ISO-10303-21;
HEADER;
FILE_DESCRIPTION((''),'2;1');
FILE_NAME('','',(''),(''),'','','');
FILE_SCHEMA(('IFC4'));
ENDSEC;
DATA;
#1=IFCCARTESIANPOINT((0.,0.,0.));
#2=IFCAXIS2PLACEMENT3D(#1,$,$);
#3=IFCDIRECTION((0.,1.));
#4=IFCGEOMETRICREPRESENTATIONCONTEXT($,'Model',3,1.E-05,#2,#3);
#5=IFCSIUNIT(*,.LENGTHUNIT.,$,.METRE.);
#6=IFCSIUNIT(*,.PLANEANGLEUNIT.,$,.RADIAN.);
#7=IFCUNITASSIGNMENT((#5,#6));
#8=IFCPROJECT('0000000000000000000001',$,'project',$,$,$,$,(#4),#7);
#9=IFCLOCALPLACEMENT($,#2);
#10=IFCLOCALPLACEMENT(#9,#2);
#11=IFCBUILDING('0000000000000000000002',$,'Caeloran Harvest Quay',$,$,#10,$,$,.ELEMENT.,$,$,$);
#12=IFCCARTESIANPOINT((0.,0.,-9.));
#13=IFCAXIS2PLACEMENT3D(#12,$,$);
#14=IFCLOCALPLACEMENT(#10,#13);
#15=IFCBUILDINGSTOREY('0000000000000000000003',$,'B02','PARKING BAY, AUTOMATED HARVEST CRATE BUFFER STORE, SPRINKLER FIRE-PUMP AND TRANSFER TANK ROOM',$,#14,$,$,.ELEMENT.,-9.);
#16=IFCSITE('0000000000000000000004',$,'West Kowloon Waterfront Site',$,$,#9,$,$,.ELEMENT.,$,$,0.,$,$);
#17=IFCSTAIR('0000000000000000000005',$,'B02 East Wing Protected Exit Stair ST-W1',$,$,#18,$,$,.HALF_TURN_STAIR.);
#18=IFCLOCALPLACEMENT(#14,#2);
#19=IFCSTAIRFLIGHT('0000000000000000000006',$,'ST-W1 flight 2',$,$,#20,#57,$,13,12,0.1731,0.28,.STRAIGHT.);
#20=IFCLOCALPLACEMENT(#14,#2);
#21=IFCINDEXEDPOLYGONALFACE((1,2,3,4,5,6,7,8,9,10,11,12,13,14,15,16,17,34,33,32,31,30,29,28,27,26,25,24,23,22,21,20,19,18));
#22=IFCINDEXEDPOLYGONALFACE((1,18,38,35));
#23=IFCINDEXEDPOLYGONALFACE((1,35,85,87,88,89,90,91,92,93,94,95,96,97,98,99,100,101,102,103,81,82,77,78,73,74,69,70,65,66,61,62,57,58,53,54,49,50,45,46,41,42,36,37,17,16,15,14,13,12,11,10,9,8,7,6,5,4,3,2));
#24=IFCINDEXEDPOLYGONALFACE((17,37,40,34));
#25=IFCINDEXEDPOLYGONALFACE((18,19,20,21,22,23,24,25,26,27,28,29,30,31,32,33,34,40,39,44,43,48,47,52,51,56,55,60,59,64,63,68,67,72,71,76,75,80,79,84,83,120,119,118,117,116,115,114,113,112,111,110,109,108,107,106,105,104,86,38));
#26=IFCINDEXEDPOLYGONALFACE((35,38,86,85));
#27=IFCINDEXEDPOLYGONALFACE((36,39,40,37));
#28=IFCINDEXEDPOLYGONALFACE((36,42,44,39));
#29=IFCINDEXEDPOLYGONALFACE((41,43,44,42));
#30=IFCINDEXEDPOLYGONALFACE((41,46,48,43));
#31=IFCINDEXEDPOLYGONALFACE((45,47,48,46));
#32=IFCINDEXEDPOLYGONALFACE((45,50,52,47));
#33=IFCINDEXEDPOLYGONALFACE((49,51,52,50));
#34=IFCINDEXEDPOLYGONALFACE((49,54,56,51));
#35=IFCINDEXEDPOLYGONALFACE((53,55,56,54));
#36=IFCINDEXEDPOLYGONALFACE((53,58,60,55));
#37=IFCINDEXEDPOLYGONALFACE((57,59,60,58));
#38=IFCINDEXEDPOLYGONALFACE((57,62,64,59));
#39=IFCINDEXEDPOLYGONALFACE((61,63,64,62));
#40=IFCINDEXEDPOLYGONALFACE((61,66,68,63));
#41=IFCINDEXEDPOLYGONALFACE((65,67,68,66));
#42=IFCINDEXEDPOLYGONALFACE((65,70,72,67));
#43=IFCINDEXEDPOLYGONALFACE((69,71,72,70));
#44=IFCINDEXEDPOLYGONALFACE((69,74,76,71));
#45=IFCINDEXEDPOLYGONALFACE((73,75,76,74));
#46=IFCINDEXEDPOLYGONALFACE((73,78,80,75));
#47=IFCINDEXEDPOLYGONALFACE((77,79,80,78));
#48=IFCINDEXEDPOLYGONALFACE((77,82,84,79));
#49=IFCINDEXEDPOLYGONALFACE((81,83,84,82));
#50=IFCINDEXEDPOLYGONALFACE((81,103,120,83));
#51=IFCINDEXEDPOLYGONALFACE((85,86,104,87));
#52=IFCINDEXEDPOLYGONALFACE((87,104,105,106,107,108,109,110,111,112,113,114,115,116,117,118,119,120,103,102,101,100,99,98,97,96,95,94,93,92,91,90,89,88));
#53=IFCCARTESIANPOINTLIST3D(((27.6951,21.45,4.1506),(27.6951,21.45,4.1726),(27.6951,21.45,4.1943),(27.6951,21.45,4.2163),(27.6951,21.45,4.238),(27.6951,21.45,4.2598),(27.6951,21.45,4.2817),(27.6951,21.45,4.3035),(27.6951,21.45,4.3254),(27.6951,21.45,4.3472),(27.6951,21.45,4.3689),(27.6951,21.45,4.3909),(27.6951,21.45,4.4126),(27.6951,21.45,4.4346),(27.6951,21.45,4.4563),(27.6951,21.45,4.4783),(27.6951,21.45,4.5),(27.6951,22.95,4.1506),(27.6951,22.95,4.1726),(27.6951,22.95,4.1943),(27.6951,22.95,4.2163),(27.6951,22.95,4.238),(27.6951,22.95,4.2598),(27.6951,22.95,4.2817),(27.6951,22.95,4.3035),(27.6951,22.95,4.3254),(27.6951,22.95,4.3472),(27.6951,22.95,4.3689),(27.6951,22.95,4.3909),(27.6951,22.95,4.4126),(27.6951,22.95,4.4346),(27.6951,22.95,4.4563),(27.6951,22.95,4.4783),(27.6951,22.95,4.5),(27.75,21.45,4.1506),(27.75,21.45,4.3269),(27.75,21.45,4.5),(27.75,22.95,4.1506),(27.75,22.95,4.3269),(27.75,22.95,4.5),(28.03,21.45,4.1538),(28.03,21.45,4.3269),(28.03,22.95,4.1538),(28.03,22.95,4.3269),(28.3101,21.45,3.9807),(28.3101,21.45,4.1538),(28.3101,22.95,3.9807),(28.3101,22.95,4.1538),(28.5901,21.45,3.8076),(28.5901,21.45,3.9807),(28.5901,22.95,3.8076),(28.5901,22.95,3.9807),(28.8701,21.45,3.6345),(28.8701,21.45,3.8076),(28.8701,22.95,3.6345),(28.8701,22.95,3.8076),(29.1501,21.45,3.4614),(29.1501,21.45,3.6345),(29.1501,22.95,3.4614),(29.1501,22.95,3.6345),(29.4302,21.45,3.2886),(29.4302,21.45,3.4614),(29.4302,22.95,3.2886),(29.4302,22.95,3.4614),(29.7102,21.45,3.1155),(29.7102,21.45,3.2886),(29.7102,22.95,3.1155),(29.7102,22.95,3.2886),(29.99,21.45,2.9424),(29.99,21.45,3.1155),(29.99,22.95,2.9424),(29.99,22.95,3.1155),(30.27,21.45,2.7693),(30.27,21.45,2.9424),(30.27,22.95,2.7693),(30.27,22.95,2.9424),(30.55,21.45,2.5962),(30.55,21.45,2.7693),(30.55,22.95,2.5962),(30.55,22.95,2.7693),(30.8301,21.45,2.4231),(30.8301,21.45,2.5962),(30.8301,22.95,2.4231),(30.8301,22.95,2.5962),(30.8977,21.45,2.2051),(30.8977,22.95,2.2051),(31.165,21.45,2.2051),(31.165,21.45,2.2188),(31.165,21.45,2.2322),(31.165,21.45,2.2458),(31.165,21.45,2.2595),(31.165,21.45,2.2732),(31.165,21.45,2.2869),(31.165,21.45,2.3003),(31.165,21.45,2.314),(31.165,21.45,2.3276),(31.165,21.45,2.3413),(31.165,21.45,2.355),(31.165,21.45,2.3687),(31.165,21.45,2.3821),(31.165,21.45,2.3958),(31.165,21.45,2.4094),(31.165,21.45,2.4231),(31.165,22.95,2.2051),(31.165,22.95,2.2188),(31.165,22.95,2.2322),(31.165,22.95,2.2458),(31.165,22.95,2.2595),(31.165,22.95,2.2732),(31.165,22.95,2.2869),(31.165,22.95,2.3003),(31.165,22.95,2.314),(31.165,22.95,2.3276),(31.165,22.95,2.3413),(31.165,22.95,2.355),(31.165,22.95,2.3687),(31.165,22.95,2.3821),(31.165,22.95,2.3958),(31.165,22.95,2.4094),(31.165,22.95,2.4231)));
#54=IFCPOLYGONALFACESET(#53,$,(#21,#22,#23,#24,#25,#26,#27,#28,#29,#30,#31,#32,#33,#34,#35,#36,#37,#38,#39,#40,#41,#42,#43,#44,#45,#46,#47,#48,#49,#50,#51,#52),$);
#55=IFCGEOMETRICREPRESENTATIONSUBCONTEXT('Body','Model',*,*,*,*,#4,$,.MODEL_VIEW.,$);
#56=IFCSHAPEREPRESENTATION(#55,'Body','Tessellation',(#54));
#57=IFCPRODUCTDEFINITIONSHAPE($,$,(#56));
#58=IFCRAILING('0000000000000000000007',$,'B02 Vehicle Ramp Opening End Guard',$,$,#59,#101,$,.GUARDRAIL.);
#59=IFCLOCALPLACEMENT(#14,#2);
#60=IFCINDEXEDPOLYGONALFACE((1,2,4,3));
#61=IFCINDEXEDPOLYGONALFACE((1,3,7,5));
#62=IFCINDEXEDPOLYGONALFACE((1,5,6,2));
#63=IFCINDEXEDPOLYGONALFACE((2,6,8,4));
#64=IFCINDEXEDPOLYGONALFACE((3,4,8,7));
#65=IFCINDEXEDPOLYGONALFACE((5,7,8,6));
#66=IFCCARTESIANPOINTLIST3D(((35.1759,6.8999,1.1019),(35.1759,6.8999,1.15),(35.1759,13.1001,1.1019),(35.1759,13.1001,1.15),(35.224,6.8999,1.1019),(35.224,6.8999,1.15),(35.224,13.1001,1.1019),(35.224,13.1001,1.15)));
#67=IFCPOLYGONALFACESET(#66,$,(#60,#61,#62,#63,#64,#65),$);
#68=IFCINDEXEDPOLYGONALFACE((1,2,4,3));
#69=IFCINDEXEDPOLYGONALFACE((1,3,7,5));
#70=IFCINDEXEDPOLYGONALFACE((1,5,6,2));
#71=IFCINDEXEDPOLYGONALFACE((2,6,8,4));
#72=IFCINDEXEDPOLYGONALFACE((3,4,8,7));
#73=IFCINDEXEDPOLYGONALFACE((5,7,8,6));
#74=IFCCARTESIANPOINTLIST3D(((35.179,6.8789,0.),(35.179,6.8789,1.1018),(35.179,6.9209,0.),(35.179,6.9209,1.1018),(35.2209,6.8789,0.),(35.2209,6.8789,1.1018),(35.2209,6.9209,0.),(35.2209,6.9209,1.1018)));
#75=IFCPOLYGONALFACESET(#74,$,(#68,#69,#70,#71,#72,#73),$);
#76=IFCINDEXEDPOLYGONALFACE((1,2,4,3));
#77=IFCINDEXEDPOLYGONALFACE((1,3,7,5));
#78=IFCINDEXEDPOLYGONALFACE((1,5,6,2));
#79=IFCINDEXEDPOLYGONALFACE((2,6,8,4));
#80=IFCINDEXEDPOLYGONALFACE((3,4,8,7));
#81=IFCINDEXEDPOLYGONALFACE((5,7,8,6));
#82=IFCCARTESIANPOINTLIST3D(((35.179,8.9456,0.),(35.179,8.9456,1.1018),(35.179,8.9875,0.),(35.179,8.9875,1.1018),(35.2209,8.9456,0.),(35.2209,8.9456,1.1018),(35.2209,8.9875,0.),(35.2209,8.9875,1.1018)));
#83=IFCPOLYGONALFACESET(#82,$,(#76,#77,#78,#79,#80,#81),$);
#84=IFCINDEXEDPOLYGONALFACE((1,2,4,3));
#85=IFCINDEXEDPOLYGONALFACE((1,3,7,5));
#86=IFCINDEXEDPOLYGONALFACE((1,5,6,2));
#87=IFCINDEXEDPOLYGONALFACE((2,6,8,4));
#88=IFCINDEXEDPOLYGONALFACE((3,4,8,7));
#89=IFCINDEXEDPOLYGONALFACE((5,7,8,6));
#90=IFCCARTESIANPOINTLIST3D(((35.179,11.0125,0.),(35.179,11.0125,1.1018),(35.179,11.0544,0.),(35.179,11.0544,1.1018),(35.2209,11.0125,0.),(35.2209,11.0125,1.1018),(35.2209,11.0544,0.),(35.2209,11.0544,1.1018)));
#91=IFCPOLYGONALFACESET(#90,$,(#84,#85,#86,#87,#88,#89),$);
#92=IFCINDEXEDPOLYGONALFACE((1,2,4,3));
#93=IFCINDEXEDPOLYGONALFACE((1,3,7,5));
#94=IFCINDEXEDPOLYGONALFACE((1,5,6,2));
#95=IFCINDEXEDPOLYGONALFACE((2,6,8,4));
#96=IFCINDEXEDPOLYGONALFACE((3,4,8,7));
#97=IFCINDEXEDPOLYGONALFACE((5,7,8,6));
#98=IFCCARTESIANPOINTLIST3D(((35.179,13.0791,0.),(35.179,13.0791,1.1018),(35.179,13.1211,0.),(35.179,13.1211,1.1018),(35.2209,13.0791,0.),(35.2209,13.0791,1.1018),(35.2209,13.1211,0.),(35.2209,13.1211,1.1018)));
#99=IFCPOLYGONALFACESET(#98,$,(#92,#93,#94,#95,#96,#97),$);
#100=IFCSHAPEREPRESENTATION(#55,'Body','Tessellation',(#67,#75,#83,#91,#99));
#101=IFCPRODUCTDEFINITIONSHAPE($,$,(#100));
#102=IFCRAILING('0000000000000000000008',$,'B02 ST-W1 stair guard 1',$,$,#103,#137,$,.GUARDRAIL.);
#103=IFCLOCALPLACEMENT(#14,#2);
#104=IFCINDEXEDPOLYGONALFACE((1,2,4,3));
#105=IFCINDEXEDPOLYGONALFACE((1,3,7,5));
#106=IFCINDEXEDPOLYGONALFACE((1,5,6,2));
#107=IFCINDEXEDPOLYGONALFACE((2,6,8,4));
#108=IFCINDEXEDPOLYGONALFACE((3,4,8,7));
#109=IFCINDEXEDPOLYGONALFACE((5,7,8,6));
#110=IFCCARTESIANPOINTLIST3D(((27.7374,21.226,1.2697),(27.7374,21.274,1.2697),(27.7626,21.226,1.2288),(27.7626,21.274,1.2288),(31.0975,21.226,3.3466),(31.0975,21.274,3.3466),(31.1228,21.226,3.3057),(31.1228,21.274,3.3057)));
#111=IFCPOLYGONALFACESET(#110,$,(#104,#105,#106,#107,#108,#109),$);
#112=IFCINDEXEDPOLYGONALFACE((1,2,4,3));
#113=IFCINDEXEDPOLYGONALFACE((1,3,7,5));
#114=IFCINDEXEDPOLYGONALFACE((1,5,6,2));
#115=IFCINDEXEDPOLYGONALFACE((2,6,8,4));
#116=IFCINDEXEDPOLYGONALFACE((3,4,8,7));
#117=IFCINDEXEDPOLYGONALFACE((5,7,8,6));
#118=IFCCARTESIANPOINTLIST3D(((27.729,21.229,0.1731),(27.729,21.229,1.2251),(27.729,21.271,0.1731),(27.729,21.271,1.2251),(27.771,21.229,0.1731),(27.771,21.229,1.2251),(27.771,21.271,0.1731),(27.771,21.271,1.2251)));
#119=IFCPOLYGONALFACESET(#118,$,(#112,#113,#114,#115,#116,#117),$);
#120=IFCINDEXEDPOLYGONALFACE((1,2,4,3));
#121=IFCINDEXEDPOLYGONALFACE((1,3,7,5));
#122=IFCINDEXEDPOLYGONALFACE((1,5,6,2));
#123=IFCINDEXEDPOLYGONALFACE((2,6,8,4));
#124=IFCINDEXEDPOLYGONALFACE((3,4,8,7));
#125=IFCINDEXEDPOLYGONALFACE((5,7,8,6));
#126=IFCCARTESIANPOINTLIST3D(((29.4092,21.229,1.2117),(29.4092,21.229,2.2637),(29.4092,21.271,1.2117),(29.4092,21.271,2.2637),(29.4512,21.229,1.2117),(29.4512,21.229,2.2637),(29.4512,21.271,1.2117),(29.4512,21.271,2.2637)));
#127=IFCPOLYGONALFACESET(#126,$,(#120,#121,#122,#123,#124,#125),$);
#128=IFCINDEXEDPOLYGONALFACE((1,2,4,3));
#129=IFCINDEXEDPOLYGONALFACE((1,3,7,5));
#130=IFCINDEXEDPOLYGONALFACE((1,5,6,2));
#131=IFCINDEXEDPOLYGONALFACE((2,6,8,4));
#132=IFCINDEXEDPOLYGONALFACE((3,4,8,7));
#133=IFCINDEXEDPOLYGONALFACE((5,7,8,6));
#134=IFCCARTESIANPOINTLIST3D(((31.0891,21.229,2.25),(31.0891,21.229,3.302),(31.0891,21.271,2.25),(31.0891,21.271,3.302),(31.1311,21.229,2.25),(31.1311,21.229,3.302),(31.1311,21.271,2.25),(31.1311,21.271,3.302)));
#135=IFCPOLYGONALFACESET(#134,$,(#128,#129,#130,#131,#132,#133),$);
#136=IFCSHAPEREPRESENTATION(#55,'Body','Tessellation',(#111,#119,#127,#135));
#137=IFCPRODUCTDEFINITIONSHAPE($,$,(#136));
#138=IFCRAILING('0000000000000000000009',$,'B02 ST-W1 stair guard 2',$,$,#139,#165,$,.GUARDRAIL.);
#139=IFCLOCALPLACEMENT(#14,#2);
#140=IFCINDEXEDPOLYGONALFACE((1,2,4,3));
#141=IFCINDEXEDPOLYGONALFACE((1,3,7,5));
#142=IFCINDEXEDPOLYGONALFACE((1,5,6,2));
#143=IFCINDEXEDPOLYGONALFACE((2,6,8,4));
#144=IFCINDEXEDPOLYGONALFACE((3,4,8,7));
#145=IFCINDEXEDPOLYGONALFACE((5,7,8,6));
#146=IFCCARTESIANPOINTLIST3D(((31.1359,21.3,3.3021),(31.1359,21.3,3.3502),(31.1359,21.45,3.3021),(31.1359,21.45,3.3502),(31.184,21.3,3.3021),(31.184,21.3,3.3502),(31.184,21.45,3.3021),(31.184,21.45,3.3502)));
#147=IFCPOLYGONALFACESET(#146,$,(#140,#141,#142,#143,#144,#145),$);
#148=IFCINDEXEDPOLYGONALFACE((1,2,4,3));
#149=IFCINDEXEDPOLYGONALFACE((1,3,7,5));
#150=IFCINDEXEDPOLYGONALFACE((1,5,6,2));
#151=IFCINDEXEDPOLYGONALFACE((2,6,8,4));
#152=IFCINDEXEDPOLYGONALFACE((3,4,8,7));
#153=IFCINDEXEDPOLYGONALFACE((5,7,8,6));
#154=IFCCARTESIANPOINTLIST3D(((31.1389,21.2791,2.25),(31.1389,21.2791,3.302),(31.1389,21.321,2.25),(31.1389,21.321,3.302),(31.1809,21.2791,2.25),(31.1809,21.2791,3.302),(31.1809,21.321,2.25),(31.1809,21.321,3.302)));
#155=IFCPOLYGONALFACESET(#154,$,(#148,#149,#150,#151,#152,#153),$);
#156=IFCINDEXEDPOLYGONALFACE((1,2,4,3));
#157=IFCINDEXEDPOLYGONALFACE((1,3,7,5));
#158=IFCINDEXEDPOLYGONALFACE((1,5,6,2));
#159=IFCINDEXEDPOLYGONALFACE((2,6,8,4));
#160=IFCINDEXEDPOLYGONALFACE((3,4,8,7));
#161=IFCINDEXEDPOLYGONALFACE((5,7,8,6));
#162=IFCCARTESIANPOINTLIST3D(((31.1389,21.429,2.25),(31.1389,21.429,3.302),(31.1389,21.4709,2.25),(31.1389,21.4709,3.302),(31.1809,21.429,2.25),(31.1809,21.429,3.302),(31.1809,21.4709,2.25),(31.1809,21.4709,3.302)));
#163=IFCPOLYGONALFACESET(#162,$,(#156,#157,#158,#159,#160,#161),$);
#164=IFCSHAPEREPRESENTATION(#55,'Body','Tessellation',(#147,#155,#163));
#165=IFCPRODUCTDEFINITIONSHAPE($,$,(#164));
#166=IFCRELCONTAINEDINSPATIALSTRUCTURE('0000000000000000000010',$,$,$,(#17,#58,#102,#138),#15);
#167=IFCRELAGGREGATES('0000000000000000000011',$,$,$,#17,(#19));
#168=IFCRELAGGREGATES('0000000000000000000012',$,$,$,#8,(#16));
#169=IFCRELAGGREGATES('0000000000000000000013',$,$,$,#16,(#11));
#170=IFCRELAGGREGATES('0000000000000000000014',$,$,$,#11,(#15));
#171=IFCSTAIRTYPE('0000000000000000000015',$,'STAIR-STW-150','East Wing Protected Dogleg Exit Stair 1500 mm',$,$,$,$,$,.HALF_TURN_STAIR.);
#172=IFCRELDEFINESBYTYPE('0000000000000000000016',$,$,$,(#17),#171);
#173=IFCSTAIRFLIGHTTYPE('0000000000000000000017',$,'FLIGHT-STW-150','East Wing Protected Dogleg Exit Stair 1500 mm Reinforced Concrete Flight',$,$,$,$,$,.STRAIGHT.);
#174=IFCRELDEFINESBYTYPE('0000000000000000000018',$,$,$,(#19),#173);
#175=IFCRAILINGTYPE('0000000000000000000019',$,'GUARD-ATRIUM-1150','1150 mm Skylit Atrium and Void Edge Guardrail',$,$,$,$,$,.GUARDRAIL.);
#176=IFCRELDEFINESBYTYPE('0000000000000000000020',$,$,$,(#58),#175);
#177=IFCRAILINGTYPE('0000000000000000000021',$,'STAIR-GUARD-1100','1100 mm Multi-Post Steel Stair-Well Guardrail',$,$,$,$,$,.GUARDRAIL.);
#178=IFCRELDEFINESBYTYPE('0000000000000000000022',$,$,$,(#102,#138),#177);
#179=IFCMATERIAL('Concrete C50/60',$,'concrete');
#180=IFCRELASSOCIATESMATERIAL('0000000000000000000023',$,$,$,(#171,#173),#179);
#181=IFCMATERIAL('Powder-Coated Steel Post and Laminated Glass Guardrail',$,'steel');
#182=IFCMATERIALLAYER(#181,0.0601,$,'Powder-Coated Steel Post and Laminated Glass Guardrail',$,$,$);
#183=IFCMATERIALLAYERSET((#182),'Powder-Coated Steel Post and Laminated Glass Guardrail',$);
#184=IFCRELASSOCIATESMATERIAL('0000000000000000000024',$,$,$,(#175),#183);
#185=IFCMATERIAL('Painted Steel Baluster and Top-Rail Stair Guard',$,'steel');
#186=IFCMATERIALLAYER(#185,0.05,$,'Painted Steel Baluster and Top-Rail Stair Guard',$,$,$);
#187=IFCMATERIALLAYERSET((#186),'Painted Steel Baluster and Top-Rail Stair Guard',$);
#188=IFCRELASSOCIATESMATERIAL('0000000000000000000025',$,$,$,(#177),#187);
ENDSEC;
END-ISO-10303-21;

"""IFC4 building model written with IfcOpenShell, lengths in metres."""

from ifc_helpers import new_model, si_unit, direction, frame, origin, origin_2d, place, context, subcontext, project, spatial, polyline, rectangle, outline, extrude, material, layer, layer_set, type_object, element, aggregate, save


model = new_model("IFC4")

# Units and contexts
model_context = context("Model", 3, precision=1e-05, world=origin(), true_north=direction((0.0, 1.0)))
body_context = subcontext(model_context, "Body", "Model", "MODEL_VIEW")
ifc_project = project(units=[si_unit("LENGTHUNIT", "METRE"), si_unit("PLANEANGLEUNIT", "RADIAN")], contexts=[model_context])

# Site, building, storey
site_placement = place(None, origin())
site = spatial("IfcSite", under=ifc_project, at=site_placement, Name="West Kowloon Waterfront Site", CompositionType="ELEMENT", RefElevation=0.0)
building_placement = place(site_placement, origin())
building = spatial("IfcBuilding", under=site, at=building_placement, Name="Caeloran Harvest Quay", CompositionType="ELEMENT")
storey_placement = place(building_placement, frame((0.0, 0.0, -9.0)))
storey = spatial("IfcBuildingStorey", under=building, at=storey_placement, Name="B02", Description="PARKING BAY, AUTOMATED HARVEST CRATE BUFFER STORE, SPRINKLER FIRE-PUMP AND TRANSFER TANK ROOM", CompositionType="ELEMENT", Elevation=-9.0)

# Shared definitions
ifc_material_1 = material(Name="Concrete C50/60", Category="concrete")

# Stair, stair flight
stair_type = type_object("IfcStairType", Name="STAIR-STW-150", Description="East Wing Protected Dogleg Exit Stair 1500 mm", PredefinedType="HALF_TURN_STAIR", material=ifc_material_1)
stair_placement = place(storey_placement, origin())
stair = element("IfcStair", 1, at=stair_placement, inside=storey, type_object=stair_type, Name="B02 East Wing Protected Exit Stair ST-W1", PredefinedType="HALF_TURN_STAIR")
stair_flight_type = type_object("IfcStairFlightType", Name="FLIGHT-STW-150", Description="East Wing Protected Dogleg Exit Stair 1500 mm Reinforced Concrete Flight", PredefinedType="STRAIGHT", material=ifc_material_1)
stair_flight_1_placement = place(storey_placement, frame((31.1101, 22.2, 2.25), z_axis=(0.0, 0.0, 1.0), x_axis=(-1.0, 0.0, 0.0)))
stair_flight_1 = element("IfcStairFlight", 2, at=stair_flight_1_placement, type_object=stair_flight_type, Name="ST-W1 flight 2", NumberOfRisers=13, NumberOfTreads=12, PredefinedType="STRAIGHT", RiserHeight=0.1731, TreadLength=0.28, context=body_context, shape_type="SweptSolid", body=[
    extrude(outline(polyline([(-0.0549, -0.0449), (-0.0549, -0.0312), (-0.0549, -0.0178), (-0.0549, -0.0042), (-0.0549, 0.0095), (-0.0549, 0.0232), (-0.0549, 0.0369), (-0.0549, 0.0503), (-0.0549, 0.064), (-0.0549, 0.0776), (-0.0549, 0.0913), (-0.0549, 0.105), (-0.0549, 0.1187), (-0.0549, 0.1321), (-0.0549, 0.1458), (-0.0549, 0.1594), (-0.0549, 0.1731), (0.28, 0.1731), (0.28, 0.3462), (0.5601, 0.3462), (0.5601, 0.5193), (0.8401, 0.5193), (0.8401, 0.6924), (1.1201, 0.6924), (1.1201, 0.8655), (1.3999, 0.8655), (1.3999, 1.0386), (1.6799, 1.0386), (1.6799, 1.2114), (1.96, 1.2114), (1.96, 1.3845), (2.24, 1.3845), (2.24, 1.5576), (2.52, 1.5576), (2.52, 1.7307), (2.8, 1.7307), (2.8, 1.9038), (3.0801, 1.9038), (3.0801, 2.0769), (3.3601, 2.0769), (3.3601, 2.25), (3.415, 2.25), (3.415, 2.2283), (3.415, 2.2063), (3.415, 2.1846), (3.415, 2.1626), (3.415, 2.1409), (3.415, 2.1189), (3.415, 2.0972), (3.415, 2.0754), (3.415, 2.0535), (3.415, 2.0317), (3.415, 2.0098), (3.415, 1.988), (3.415, 1.9663), (3.415, 1.9443), (3.415, 1.9226), (3.415, 1.9006), (3.3601, 1.9006), (0.2124, -0.0449), (-0.0549, -0.0449)])), frame((0.0, 0.75, 0.0), z_axis=(0.0, -1.0, 0.0), x_axis=(1.0, 0.0, 0.0)), (0.0, 0.0, 1.0), 1.5),
])
aggregate(stair, [stair_flight_1])

# Railings
ifc_material_2 = material(Name="Powder-Coated Steel Post and Laminated Glass Guardrail", Category="steel")
ifc_layer_1 = layer(ifc_material_2, 0.0601, Name="Powder-Coated Steel Post and Laminated Glass Guardrail")
ifc_layer_set_1 = layer_set([ifc_layer_1], Name="Powder-Coated Steel Post and Laminated Glass Guardrail")
railing_type_1 = type_object("IfcRailingType", Name="GUARD-ATRIUM-1150", Description="1150 mm Skylit Atrium and Void Edge Guardrail", PredefinedType="GUARDRAIL", material=ifc_layer_set_1)
railing_1_placement = place(storey_placement, frame((35.2, 6.8999, 0.0)))
element("IfcRailing", 3, at=railing_1_placement, inside=storey, type_object=railing_type_1, Name="B02 Vehicle Ramp Opening End Guard", PredefinedType="GUARDRAIL", context=body_context, shape_type="SweptSolid", body=[
    extrude(rectangle(XDim=0.0481, YDim=0.0481, at=origin_2d()), frame((0.0, 0.0, 1.126), z_axis=(0.0, 1.0, 0.0), x_axis=(-1.0, 0.0, 0.0)), (0.0, 0.0, 1.0), 6.2002),
    extrude(rectangle(XDim=0.042, YDim=0.042, at=origin_2d()), origin(), (0.0, 0.0, 1.0), 1.1018),
    extrude(rectangle(XDim=0.042, YDim=0.042, at=origin_2d()), frame((0.0, 2.0667, 0.0)), (0.0, 0.0, 1.0), 1.1018),
    extrude(rectangle(XDim=0.042, YDim=0.042, at=origin_2d()), frame((0.0, 4.1335, 0.0)), (0.0, 0.0, 1.0), 1.1018),
    extrude(rectangle(XDim=0.042, YDim=0.042, at=origin_2d()), frame((0.0, 6.2002, 0.0)), (0.0, 0.0, 1.0), 1.1018),
])
ifc_material_3 = material(Name="Painted Steel Baluster and Top-Rail Stair Guard", Category="steel")
ifc_layer_2 = layer(ifc_material_3, 0.05, Name="Painted Steel Baluster and Top-Rail Stair Guard")
ifc_layer_set_2 = layer_set([ifc_layer_2], Name="Painted Steel Baluster and Top-Rail Stair Guard")
railing_type_2 = type_object("IfcRailingType", Name="STAIR-GUARD-1100", Description="1100 mm Multi-Post Steel Stair-Well Guardrail", PredefinedType="GUARDRAIL", material=ifc_layer_set_2)
railing_2_placement = place(storey_placement, frame((27.75, 21.25, 0.1731)))
element("IfcRailing", 4, at=railing_2_placement, inside=storey, type_object=railing_type_2, Name="B02 ST-W1 stair guard 1", PredefinedType="GUARDRAIL", context=body_context, shape_type="SweptSolid", body=[
    extrude(rectangle(XDim=0.0481, YDim=0.0481, at=origin_2d()), frame((0.0, 0.0, 1.0762), z_axis=(0.850623, 0.0, 0.525776), x_axis=(0.0, 1.0, 0.0)), (0.0, 0.0, 1.0), 3.9502),
    extrude(rectangle(XDim=0.042, YDim=0.042, at=origin_2d()), origin(), (0.0, 0.0, 1.0), 1.052),
    extrude(rectangle(XDim=0.042, YDim=0.042, at=origin_2d()), frame((1.6802, 0.0, 1.0386)), (0.0, 0.0, 1.0), 1.052),
    extrude(rectangle(XDim=0.042, YDim=0.042, at=origin_2d()), frame((3.3601, 0.0, 2.0769)), (0.0, 0.0, 1.0), 1.052),
])
railing_3_placement = place(storey_placement, frame((31.1599, 21.3, 2.25)))
element("IfcRailing", 5, at=railing_3_placement, inside=storey, type_object=railing_type_2, Name="B02 ST-W1 stair guard 2", PredefinedType="GUARDRAIL", context=body_context, shape_type="SweptSolid", body=[
    extrude(rectangle(XDim=0.0481, YDim=0.0481, at=origin_2d()), frame((0.0, 0.0, 1.0762), z_axis=(0.0, 1.0, 0.0), x_axis=(-1.0, 0.0, 0.0)), (0.0, 0.0, 1.0), 0.1499),
    extrude(rectangle(XDim=0.042, YDim=0.042, at=origin_2d()), origin(), (0.0, 0.0, 1.0), 1.052),
    extrude(rectangle(XDim=0.042, YDim=0.042, at=origin_2d()), frame((0.0, 0.1499, 0.0)), (0.0, 0.0, 1.0), 1.052),
])

save(model, "model.ifc")
